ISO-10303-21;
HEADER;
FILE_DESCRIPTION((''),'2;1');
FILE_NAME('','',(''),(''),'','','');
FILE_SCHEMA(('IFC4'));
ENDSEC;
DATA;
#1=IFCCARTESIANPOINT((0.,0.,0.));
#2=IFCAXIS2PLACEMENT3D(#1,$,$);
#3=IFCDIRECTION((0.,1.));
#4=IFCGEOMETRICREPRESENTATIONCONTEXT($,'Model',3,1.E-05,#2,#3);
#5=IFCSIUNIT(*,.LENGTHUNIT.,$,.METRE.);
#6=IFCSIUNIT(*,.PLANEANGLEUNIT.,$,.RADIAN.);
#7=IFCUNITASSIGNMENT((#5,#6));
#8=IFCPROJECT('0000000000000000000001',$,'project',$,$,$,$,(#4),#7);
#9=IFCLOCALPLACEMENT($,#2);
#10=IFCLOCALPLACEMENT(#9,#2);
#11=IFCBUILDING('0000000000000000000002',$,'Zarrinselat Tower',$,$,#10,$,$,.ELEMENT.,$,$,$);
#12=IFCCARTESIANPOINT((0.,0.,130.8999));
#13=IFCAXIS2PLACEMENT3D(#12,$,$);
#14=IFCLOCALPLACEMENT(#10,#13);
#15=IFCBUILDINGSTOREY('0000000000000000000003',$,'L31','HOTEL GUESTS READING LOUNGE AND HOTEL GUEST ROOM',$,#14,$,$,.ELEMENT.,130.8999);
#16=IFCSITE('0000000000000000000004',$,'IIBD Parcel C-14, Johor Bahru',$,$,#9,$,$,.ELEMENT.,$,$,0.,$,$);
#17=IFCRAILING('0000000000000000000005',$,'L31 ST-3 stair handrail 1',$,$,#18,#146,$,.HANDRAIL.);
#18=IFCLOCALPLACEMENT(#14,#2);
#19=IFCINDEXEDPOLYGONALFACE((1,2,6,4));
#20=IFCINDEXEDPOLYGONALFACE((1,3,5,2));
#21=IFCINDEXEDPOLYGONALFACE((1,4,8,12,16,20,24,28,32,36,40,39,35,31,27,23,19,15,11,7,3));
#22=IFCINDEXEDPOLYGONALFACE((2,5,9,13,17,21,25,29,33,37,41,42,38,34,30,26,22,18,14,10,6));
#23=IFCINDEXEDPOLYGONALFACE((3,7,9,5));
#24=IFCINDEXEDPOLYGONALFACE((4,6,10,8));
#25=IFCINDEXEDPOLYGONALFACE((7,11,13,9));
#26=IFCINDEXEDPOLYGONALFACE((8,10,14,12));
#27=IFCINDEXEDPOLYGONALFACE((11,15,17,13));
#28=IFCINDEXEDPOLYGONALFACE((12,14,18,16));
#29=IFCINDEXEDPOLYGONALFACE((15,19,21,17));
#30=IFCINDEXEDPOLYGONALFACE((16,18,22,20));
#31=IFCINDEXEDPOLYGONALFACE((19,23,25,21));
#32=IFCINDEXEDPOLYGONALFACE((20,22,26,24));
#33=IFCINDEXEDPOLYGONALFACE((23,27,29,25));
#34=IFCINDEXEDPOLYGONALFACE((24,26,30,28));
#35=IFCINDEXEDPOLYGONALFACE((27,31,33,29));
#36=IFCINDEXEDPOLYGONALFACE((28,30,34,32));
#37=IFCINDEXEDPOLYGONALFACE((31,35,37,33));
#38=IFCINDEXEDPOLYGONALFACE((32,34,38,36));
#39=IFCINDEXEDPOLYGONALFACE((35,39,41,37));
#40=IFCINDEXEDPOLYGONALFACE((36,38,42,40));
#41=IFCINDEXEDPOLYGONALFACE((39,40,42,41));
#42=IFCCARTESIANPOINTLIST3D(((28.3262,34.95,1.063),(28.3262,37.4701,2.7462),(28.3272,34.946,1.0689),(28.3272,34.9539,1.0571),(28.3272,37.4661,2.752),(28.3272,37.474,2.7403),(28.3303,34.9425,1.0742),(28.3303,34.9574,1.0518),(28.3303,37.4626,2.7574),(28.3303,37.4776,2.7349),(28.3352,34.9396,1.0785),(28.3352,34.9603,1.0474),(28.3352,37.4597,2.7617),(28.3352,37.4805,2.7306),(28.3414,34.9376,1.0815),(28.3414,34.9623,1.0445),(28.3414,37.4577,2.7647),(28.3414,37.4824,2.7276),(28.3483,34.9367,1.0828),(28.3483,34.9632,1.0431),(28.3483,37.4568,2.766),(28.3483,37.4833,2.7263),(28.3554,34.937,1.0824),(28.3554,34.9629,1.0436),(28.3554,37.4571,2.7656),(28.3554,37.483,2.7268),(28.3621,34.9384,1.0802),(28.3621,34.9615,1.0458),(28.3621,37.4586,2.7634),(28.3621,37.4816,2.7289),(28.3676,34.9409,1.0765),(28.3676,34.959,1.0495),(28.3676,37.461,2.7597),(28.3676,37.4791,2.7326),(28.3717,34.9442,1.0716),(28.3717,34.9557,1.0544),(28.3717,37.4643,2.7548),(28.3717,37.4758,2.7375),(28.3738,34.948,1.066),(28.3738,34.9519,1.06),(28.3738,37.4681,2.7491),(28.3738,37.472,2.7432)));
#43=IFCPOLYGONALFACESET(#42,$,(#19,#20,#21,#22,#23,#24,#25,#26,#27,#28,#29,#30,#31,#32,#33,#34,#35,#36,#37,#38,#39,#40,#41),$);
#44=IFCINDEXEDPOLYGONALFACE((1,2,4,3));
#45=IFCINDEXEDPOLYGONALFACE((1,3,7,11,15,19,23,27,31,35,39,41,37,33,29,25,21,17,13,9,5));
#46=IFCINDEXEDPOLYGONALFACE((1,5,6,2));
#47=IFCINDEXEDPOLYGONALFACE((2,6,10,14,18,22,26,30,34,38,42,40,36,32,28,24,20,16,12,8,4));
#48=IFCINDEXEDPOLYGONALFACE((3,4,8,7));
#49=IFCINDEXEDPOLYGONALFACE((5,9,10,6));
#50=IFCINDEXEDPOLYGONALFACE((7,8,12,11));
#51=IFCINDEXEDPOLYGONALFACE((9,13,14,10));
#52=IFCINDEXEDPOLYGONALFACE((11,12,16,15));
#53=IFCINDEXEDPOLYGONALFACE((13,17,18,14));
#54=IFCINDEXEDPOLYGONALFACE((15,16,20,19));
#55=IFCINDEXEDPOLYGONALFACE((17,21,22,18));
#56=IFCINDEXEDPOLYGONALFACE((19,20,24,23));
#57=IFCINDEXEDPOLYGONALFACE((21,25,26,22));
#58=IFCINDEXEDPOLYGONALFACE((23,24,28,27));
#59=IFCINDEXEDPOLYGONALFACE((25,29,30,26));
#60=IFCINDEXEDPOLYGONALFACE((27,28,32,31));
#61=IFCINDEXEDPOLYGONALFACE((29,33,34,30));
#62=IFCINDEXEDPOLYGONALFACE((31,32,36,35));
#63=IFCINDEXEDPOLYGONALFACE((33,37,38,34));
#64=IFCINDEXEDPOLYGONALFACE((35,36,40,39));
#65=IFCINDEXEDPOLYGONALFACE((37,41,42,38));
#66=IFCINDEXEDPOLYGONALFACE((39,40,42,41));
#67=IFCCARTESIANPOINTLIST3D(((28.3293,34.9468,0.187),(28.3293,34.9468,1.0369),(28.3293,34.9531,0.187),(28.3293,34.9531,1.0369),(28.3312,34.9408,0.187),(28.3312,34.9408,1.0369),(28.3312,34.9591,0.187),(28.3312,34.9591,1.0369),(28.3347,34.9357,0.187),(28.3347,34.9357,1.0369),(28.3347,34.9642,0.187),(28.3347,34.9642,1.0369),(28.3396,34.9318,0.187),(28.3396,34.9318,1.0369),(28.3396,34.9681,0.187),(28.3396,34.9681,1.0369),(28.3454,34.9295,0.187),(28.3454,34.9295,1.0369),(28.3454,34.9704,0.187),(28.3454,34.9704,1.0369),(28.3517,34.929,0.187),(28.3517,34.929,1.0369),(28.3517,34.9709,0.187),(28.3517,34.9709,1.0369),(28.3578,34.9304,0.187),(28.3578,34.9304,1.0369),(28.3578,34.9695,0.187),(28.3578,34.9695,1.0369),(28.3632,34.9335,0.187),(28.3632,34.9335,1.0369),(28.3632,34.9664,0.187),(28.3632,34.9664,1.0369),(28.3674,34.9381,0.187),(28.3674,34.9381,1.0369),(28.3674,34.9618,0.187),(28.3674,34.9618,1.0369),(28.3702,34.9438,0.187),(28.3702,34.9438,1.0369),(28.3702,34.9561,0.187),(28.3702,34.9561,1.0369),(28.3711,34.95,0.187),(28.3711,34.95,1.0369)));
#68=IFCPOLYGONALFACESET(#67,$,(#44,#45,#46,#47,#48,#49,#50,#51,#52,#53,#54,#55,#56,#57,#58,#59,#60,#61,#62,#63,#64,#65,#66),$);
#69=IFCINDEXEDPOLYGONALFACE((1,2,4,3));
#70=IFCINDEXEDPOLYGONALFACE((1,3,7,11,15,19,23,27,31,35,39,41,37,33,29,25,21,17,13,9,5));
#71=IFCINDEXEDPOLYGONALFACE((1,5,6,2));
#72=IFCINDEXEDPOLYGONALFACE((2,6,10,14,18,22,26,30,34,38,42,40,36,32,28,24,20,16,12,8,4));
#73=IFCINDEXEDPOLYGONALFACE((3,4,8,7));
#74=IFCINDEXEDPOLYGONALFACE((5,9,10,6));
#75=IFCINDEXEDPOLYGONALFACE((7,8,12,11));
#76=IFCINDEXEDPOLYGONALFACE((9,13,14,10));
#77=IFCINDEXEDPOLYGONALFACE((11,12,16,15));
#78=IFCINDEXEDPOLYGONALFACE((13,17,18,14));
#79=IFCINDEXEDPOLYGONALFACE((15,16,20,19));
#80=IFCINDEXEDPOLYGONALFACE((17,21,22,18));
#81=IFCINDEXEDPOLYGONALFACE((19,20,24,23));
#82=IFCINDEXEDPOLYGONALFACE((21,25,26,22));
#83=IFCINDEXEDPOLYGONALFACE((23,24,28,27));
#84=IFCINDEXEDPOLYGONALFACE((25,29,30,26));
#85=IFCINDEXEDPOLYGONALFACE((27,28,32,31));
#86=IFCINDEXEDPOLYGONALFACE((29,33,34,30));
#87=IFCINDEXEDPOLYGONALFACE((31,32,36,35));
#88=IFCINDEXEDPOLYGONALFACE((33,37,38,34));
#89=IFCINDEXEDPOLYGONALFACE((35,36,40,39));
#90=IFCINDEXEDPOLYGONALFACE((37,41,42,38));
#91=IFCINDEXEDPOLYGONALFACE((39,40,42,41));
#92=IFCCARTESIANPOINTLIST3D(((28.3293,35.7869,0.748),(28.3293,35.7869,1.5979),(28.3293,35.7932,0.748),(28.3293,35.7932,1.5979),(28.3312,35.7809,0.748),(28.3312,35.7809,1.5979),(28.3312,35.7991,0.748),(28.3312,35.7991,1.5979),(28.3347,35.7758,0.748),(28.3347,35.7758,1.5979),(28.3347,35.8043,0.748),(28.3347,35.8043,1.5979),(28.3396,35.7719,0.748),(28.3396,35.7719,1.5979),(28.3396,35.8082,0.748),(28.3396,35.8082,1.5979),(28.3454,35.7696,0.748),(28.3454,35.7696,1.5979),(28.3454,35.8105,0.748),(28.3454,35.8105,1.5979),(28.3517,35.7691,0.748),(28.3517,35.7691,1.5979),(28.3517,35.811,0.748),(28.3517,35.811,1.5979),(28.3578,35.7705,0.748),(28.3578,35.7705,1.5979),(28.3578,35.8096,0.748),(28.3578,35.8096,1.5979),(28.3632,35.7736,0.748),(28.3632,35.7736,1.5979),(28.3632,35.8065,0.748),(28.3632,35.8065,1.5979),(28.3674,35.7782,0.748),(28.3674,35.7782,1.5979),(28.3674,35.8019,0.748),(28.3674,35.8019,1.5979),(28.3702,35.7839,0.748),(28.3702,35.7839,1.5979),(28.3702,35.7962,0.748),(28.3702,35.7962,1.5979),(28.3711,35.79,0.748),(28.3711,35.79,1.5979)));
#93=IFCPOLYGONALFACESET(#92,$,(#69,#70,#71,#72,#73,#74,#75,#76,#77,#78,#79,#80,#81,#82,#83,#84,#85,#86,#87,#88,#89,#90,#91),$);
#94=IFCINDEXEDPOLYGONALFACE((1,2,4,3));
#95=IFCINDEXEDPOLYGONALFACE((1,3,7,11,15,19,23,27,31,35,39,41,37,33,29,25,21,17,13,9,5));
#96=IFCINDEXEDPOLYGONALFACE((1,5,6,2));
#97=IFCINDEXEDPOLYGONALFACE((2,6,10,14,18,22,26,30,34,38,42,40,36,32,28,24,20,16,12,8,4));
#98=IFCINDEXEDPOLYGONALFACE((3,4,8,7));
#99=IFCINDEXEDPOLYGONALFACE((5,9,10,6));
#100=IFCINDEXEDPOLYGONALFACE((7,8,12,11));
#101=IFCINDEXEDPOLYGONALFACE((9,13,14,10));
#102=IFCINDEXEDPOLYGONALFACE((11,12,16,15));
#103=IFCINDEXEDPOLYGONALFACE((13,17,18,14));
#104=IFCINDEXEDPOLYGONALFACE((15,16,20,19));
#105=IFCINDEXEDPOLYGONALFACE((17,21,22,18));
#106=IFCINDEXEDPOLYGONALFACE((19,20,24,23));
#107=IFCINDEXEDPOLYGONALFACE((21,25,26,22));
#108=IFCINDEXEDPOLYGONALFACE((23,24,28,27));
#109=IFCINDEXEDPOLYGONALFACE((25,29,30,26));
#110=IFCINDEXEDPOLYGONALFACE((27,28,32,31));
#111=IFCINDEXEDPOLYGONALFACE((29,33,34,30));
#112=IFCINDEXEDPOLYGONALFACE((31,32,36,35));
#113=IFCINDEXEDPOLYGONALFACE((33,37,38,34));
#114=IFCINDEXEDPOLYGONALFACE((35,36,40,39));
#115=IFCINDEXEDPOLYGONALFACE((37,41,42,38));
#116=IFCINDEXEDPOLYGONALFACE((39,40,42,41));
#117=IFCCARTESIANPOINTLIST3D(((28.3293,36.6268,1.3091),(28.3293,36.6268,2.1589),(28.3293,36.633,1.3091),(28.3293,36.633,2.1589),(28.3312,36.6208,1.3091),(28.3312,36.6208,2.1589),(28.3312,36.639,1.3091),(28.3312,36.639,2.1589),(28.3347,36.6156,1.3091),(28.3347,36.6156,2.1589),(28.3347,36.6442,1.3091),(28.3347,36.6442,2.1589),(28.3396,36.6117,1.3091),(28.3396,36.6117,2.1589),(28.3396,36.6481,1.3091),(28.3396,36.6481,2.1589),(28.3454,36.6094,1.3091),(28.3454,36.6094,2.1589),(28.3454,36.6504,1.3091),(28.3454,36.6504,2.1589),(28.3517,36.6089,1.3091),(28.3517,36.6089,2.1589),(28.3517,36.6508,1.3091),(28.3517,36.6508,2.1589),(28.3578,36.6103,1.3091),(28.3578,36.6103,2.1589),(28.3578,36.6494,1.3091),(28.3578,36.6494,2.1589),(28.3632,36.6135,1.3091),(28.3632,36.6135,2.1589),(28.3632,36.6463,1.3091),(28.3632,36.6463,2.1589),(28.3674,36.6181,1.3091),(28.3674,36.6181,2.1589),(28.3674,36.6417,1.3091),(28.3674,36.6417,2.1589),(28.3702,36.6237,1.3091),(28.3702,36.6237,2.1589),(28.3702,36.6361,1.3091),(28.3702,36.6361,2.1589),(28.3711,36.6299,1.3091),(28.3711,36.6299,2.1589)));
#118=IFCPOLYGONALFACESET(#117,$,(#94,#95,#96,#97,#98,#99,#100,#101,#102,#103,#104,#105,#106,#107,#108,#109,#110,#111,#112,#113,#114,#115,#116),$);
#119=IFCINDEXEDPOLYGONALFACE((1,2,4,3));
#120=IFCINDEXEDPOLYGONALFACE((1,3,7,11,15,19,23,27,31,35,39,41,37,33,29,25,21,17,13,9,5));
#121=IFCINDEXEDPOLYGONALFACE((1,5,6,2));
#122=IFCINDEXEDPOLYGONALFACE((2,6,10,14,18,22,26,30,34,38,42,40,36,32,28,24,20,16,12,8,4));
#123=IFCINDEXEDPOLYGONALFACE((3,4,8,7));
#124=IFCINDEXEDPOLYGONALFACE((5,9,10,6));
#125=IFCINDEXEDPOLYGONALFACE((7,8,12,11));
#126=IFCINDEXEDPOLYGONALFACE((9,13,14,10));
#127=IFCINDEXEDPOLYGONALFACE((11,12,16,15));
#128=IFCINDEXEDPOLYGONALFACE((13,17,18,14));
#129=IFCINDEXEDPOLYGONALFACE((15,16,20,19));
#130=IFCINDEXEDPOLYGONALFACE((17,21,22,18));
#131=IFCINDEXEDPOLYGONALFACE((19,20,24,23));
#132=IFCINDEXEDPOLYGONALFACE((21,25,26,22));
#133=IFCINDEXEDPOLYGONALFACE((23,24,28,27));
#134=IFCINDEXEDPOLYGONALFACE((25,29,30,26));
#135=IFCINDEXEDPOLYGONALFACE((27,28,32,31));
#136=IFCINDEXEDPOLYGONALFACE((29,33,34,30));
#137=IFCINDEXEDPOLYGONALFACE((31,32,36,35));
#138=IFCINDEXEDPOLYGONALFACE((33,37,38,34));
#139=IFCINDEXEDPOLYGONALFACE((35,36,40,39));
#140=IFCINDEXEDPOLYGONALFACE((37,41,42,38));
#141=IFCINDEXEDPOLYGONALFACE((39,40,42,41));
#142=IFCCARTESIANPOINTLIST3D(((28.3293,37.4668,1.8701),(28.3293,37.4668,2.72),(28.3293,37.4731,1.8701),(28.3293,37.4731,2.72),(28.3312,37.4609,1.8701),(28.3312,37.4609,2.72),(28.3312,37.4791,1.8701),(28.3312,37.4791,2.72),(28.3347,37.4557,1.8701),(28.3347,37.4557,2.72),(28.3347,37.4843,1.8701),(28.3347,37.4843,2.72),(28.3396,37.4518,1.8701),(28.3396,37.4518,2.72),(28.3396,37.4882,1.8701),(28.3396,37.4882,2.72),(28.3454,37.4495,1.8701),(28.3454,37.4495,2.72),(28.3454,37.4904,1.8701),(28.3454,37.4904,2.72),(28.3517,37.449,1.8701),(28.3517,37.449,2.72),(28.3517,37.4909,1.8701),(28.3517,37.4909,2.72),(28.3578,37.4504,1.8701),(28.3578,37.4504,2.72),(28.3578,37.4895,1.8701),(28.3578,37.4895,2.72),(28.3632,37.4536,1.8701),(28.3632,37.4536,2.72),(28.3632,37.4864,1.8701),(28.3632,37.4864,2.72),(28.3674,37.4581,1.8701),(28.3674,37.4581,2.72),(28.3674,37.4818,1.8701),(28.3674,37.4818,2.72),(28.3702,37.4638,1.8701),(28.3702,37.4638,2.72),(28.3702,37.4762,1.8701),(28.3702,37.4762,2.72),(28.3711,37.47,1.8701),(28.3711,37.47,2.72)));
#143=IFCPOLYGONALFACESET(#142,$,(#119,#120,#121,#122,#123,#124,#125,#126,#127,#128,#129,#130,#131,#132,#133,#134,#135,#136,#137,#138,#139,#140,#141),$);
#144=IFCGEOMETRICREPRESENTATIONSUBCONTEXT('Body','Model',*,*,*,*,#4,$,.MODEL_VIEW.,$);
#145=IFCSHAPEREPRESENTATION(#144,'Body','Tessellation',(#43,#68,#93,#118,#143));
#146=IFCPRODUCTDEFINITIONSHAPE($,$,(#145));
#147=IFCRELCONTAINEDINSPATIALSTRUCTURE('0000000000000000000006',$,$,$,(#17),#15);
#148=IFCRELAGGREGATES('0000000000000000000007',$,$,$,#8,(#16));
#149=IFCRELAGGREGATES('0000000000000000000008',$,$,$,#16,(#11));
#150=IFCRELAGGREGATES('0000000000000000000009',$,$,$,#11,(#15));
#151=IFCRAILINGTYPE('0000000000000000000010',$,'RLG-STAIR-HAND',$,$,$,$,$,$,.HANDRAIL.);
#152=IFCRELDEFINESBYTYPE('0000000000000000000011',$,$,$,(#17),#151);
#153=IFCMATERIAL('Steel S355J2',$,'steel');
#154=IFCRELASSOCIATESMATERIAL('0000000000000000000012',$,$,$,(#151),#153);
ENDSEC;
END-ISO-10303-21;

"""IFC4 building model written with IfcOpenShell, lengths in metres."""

from ifc_helpers import new_model, si_unit, direction, frame, origin, origin_2d, place, context, subcontext, project, spatial, circle, extrude, material, type_object, element, save


model = new_model("IFC4")

# Units and contexts
model_context = context("Model", 3, precision=1e-05, world=origin(), true_north=direction((0.0, 1.0)))
body_context = subcontext(model_context, "Body", "Model", "MODEL_VIEW")
ifc_project = project(units=[si_unit("LENGTHUNIT", "METRE"), si_unit("PLANEANGLEUNIT", "RADIAN")], contexts=[model_context])

# Site, building, storey
site_placement = place(None, origin())
site = spatial("IfcSite", under=ifc_project, at=site_placement, Name="IIBD Parcel C-14, Johor Bahru", CompositionType="ELEMENT", RefElevation=0.0)
building_placement = place(site_placement, origin())
building = spatial("IfcBuilding", under=site, at=building_placement, Name="Zarrinselat Tower", CompositionType="ELEMENT")
storey_placement = place(building_placement, frame((0.0, 0.0, 130.8999)))
storey = spatial("IfcBuildingStorey", under=building, at=storey_placement, Name="L31", Description="HOTEL GUESTS READING LOUNGE AND HOTEL GUEST ROOM", CompositionType="ELEMENT", Elevation=130.8999)

# Railing
ifc_material_1 = material(Name="Steel S355J2", Category="steel")
railing_type = type_object("IfcRailingType", Name="RLG-STAIR-HAND", PredefinedType="HANDRAIL", material=ifc_material_1)
railing_placement = place(storey_placement, frame((28.3501, 34.95, 0.187)))
element("IfcRailing", 1, at=railing_placement, inside=storey, type_object=railing_type, Name="L31 ST-3 stair handrail 1", PredefinedType="HANDRAIL", context=body_context, shape_type="SweptSolid", body=[
    extrude(circle(Radius=0.0239, at=origin_2d()), frame((0.0, 0.0, 0.876), z_axis=(0.0, 0.831579, 0.555406), x_axis=(-1.0, 0.0, 0.0)), (0.0, 0.0, 1.0), 3.0305),
    extrude(circle(Radius=0.021, at=origin_2d()), origin(), (0.0, 0.0, 1.0), 0.8499),
    extrude(circle(Radius=0.021, at=origin_2d()), frame((0.0, 0.8401, 0.561)), (0.0, 0.0, 1.0), 0.8499),
    extrude(circle(Radius=0.021, at=origin_2d()), frame((0.0, 1.6799, 1.1221)), (0.0, 0.0, 1.0), 0.8499),
    extrude(circle(Radius=0.021, at=origin_2d()), frame((0.0, 2.52, 1.6831)), (0.0, 0.0, 1.0), 0.8499),
])

save(model, "model.ifc")
